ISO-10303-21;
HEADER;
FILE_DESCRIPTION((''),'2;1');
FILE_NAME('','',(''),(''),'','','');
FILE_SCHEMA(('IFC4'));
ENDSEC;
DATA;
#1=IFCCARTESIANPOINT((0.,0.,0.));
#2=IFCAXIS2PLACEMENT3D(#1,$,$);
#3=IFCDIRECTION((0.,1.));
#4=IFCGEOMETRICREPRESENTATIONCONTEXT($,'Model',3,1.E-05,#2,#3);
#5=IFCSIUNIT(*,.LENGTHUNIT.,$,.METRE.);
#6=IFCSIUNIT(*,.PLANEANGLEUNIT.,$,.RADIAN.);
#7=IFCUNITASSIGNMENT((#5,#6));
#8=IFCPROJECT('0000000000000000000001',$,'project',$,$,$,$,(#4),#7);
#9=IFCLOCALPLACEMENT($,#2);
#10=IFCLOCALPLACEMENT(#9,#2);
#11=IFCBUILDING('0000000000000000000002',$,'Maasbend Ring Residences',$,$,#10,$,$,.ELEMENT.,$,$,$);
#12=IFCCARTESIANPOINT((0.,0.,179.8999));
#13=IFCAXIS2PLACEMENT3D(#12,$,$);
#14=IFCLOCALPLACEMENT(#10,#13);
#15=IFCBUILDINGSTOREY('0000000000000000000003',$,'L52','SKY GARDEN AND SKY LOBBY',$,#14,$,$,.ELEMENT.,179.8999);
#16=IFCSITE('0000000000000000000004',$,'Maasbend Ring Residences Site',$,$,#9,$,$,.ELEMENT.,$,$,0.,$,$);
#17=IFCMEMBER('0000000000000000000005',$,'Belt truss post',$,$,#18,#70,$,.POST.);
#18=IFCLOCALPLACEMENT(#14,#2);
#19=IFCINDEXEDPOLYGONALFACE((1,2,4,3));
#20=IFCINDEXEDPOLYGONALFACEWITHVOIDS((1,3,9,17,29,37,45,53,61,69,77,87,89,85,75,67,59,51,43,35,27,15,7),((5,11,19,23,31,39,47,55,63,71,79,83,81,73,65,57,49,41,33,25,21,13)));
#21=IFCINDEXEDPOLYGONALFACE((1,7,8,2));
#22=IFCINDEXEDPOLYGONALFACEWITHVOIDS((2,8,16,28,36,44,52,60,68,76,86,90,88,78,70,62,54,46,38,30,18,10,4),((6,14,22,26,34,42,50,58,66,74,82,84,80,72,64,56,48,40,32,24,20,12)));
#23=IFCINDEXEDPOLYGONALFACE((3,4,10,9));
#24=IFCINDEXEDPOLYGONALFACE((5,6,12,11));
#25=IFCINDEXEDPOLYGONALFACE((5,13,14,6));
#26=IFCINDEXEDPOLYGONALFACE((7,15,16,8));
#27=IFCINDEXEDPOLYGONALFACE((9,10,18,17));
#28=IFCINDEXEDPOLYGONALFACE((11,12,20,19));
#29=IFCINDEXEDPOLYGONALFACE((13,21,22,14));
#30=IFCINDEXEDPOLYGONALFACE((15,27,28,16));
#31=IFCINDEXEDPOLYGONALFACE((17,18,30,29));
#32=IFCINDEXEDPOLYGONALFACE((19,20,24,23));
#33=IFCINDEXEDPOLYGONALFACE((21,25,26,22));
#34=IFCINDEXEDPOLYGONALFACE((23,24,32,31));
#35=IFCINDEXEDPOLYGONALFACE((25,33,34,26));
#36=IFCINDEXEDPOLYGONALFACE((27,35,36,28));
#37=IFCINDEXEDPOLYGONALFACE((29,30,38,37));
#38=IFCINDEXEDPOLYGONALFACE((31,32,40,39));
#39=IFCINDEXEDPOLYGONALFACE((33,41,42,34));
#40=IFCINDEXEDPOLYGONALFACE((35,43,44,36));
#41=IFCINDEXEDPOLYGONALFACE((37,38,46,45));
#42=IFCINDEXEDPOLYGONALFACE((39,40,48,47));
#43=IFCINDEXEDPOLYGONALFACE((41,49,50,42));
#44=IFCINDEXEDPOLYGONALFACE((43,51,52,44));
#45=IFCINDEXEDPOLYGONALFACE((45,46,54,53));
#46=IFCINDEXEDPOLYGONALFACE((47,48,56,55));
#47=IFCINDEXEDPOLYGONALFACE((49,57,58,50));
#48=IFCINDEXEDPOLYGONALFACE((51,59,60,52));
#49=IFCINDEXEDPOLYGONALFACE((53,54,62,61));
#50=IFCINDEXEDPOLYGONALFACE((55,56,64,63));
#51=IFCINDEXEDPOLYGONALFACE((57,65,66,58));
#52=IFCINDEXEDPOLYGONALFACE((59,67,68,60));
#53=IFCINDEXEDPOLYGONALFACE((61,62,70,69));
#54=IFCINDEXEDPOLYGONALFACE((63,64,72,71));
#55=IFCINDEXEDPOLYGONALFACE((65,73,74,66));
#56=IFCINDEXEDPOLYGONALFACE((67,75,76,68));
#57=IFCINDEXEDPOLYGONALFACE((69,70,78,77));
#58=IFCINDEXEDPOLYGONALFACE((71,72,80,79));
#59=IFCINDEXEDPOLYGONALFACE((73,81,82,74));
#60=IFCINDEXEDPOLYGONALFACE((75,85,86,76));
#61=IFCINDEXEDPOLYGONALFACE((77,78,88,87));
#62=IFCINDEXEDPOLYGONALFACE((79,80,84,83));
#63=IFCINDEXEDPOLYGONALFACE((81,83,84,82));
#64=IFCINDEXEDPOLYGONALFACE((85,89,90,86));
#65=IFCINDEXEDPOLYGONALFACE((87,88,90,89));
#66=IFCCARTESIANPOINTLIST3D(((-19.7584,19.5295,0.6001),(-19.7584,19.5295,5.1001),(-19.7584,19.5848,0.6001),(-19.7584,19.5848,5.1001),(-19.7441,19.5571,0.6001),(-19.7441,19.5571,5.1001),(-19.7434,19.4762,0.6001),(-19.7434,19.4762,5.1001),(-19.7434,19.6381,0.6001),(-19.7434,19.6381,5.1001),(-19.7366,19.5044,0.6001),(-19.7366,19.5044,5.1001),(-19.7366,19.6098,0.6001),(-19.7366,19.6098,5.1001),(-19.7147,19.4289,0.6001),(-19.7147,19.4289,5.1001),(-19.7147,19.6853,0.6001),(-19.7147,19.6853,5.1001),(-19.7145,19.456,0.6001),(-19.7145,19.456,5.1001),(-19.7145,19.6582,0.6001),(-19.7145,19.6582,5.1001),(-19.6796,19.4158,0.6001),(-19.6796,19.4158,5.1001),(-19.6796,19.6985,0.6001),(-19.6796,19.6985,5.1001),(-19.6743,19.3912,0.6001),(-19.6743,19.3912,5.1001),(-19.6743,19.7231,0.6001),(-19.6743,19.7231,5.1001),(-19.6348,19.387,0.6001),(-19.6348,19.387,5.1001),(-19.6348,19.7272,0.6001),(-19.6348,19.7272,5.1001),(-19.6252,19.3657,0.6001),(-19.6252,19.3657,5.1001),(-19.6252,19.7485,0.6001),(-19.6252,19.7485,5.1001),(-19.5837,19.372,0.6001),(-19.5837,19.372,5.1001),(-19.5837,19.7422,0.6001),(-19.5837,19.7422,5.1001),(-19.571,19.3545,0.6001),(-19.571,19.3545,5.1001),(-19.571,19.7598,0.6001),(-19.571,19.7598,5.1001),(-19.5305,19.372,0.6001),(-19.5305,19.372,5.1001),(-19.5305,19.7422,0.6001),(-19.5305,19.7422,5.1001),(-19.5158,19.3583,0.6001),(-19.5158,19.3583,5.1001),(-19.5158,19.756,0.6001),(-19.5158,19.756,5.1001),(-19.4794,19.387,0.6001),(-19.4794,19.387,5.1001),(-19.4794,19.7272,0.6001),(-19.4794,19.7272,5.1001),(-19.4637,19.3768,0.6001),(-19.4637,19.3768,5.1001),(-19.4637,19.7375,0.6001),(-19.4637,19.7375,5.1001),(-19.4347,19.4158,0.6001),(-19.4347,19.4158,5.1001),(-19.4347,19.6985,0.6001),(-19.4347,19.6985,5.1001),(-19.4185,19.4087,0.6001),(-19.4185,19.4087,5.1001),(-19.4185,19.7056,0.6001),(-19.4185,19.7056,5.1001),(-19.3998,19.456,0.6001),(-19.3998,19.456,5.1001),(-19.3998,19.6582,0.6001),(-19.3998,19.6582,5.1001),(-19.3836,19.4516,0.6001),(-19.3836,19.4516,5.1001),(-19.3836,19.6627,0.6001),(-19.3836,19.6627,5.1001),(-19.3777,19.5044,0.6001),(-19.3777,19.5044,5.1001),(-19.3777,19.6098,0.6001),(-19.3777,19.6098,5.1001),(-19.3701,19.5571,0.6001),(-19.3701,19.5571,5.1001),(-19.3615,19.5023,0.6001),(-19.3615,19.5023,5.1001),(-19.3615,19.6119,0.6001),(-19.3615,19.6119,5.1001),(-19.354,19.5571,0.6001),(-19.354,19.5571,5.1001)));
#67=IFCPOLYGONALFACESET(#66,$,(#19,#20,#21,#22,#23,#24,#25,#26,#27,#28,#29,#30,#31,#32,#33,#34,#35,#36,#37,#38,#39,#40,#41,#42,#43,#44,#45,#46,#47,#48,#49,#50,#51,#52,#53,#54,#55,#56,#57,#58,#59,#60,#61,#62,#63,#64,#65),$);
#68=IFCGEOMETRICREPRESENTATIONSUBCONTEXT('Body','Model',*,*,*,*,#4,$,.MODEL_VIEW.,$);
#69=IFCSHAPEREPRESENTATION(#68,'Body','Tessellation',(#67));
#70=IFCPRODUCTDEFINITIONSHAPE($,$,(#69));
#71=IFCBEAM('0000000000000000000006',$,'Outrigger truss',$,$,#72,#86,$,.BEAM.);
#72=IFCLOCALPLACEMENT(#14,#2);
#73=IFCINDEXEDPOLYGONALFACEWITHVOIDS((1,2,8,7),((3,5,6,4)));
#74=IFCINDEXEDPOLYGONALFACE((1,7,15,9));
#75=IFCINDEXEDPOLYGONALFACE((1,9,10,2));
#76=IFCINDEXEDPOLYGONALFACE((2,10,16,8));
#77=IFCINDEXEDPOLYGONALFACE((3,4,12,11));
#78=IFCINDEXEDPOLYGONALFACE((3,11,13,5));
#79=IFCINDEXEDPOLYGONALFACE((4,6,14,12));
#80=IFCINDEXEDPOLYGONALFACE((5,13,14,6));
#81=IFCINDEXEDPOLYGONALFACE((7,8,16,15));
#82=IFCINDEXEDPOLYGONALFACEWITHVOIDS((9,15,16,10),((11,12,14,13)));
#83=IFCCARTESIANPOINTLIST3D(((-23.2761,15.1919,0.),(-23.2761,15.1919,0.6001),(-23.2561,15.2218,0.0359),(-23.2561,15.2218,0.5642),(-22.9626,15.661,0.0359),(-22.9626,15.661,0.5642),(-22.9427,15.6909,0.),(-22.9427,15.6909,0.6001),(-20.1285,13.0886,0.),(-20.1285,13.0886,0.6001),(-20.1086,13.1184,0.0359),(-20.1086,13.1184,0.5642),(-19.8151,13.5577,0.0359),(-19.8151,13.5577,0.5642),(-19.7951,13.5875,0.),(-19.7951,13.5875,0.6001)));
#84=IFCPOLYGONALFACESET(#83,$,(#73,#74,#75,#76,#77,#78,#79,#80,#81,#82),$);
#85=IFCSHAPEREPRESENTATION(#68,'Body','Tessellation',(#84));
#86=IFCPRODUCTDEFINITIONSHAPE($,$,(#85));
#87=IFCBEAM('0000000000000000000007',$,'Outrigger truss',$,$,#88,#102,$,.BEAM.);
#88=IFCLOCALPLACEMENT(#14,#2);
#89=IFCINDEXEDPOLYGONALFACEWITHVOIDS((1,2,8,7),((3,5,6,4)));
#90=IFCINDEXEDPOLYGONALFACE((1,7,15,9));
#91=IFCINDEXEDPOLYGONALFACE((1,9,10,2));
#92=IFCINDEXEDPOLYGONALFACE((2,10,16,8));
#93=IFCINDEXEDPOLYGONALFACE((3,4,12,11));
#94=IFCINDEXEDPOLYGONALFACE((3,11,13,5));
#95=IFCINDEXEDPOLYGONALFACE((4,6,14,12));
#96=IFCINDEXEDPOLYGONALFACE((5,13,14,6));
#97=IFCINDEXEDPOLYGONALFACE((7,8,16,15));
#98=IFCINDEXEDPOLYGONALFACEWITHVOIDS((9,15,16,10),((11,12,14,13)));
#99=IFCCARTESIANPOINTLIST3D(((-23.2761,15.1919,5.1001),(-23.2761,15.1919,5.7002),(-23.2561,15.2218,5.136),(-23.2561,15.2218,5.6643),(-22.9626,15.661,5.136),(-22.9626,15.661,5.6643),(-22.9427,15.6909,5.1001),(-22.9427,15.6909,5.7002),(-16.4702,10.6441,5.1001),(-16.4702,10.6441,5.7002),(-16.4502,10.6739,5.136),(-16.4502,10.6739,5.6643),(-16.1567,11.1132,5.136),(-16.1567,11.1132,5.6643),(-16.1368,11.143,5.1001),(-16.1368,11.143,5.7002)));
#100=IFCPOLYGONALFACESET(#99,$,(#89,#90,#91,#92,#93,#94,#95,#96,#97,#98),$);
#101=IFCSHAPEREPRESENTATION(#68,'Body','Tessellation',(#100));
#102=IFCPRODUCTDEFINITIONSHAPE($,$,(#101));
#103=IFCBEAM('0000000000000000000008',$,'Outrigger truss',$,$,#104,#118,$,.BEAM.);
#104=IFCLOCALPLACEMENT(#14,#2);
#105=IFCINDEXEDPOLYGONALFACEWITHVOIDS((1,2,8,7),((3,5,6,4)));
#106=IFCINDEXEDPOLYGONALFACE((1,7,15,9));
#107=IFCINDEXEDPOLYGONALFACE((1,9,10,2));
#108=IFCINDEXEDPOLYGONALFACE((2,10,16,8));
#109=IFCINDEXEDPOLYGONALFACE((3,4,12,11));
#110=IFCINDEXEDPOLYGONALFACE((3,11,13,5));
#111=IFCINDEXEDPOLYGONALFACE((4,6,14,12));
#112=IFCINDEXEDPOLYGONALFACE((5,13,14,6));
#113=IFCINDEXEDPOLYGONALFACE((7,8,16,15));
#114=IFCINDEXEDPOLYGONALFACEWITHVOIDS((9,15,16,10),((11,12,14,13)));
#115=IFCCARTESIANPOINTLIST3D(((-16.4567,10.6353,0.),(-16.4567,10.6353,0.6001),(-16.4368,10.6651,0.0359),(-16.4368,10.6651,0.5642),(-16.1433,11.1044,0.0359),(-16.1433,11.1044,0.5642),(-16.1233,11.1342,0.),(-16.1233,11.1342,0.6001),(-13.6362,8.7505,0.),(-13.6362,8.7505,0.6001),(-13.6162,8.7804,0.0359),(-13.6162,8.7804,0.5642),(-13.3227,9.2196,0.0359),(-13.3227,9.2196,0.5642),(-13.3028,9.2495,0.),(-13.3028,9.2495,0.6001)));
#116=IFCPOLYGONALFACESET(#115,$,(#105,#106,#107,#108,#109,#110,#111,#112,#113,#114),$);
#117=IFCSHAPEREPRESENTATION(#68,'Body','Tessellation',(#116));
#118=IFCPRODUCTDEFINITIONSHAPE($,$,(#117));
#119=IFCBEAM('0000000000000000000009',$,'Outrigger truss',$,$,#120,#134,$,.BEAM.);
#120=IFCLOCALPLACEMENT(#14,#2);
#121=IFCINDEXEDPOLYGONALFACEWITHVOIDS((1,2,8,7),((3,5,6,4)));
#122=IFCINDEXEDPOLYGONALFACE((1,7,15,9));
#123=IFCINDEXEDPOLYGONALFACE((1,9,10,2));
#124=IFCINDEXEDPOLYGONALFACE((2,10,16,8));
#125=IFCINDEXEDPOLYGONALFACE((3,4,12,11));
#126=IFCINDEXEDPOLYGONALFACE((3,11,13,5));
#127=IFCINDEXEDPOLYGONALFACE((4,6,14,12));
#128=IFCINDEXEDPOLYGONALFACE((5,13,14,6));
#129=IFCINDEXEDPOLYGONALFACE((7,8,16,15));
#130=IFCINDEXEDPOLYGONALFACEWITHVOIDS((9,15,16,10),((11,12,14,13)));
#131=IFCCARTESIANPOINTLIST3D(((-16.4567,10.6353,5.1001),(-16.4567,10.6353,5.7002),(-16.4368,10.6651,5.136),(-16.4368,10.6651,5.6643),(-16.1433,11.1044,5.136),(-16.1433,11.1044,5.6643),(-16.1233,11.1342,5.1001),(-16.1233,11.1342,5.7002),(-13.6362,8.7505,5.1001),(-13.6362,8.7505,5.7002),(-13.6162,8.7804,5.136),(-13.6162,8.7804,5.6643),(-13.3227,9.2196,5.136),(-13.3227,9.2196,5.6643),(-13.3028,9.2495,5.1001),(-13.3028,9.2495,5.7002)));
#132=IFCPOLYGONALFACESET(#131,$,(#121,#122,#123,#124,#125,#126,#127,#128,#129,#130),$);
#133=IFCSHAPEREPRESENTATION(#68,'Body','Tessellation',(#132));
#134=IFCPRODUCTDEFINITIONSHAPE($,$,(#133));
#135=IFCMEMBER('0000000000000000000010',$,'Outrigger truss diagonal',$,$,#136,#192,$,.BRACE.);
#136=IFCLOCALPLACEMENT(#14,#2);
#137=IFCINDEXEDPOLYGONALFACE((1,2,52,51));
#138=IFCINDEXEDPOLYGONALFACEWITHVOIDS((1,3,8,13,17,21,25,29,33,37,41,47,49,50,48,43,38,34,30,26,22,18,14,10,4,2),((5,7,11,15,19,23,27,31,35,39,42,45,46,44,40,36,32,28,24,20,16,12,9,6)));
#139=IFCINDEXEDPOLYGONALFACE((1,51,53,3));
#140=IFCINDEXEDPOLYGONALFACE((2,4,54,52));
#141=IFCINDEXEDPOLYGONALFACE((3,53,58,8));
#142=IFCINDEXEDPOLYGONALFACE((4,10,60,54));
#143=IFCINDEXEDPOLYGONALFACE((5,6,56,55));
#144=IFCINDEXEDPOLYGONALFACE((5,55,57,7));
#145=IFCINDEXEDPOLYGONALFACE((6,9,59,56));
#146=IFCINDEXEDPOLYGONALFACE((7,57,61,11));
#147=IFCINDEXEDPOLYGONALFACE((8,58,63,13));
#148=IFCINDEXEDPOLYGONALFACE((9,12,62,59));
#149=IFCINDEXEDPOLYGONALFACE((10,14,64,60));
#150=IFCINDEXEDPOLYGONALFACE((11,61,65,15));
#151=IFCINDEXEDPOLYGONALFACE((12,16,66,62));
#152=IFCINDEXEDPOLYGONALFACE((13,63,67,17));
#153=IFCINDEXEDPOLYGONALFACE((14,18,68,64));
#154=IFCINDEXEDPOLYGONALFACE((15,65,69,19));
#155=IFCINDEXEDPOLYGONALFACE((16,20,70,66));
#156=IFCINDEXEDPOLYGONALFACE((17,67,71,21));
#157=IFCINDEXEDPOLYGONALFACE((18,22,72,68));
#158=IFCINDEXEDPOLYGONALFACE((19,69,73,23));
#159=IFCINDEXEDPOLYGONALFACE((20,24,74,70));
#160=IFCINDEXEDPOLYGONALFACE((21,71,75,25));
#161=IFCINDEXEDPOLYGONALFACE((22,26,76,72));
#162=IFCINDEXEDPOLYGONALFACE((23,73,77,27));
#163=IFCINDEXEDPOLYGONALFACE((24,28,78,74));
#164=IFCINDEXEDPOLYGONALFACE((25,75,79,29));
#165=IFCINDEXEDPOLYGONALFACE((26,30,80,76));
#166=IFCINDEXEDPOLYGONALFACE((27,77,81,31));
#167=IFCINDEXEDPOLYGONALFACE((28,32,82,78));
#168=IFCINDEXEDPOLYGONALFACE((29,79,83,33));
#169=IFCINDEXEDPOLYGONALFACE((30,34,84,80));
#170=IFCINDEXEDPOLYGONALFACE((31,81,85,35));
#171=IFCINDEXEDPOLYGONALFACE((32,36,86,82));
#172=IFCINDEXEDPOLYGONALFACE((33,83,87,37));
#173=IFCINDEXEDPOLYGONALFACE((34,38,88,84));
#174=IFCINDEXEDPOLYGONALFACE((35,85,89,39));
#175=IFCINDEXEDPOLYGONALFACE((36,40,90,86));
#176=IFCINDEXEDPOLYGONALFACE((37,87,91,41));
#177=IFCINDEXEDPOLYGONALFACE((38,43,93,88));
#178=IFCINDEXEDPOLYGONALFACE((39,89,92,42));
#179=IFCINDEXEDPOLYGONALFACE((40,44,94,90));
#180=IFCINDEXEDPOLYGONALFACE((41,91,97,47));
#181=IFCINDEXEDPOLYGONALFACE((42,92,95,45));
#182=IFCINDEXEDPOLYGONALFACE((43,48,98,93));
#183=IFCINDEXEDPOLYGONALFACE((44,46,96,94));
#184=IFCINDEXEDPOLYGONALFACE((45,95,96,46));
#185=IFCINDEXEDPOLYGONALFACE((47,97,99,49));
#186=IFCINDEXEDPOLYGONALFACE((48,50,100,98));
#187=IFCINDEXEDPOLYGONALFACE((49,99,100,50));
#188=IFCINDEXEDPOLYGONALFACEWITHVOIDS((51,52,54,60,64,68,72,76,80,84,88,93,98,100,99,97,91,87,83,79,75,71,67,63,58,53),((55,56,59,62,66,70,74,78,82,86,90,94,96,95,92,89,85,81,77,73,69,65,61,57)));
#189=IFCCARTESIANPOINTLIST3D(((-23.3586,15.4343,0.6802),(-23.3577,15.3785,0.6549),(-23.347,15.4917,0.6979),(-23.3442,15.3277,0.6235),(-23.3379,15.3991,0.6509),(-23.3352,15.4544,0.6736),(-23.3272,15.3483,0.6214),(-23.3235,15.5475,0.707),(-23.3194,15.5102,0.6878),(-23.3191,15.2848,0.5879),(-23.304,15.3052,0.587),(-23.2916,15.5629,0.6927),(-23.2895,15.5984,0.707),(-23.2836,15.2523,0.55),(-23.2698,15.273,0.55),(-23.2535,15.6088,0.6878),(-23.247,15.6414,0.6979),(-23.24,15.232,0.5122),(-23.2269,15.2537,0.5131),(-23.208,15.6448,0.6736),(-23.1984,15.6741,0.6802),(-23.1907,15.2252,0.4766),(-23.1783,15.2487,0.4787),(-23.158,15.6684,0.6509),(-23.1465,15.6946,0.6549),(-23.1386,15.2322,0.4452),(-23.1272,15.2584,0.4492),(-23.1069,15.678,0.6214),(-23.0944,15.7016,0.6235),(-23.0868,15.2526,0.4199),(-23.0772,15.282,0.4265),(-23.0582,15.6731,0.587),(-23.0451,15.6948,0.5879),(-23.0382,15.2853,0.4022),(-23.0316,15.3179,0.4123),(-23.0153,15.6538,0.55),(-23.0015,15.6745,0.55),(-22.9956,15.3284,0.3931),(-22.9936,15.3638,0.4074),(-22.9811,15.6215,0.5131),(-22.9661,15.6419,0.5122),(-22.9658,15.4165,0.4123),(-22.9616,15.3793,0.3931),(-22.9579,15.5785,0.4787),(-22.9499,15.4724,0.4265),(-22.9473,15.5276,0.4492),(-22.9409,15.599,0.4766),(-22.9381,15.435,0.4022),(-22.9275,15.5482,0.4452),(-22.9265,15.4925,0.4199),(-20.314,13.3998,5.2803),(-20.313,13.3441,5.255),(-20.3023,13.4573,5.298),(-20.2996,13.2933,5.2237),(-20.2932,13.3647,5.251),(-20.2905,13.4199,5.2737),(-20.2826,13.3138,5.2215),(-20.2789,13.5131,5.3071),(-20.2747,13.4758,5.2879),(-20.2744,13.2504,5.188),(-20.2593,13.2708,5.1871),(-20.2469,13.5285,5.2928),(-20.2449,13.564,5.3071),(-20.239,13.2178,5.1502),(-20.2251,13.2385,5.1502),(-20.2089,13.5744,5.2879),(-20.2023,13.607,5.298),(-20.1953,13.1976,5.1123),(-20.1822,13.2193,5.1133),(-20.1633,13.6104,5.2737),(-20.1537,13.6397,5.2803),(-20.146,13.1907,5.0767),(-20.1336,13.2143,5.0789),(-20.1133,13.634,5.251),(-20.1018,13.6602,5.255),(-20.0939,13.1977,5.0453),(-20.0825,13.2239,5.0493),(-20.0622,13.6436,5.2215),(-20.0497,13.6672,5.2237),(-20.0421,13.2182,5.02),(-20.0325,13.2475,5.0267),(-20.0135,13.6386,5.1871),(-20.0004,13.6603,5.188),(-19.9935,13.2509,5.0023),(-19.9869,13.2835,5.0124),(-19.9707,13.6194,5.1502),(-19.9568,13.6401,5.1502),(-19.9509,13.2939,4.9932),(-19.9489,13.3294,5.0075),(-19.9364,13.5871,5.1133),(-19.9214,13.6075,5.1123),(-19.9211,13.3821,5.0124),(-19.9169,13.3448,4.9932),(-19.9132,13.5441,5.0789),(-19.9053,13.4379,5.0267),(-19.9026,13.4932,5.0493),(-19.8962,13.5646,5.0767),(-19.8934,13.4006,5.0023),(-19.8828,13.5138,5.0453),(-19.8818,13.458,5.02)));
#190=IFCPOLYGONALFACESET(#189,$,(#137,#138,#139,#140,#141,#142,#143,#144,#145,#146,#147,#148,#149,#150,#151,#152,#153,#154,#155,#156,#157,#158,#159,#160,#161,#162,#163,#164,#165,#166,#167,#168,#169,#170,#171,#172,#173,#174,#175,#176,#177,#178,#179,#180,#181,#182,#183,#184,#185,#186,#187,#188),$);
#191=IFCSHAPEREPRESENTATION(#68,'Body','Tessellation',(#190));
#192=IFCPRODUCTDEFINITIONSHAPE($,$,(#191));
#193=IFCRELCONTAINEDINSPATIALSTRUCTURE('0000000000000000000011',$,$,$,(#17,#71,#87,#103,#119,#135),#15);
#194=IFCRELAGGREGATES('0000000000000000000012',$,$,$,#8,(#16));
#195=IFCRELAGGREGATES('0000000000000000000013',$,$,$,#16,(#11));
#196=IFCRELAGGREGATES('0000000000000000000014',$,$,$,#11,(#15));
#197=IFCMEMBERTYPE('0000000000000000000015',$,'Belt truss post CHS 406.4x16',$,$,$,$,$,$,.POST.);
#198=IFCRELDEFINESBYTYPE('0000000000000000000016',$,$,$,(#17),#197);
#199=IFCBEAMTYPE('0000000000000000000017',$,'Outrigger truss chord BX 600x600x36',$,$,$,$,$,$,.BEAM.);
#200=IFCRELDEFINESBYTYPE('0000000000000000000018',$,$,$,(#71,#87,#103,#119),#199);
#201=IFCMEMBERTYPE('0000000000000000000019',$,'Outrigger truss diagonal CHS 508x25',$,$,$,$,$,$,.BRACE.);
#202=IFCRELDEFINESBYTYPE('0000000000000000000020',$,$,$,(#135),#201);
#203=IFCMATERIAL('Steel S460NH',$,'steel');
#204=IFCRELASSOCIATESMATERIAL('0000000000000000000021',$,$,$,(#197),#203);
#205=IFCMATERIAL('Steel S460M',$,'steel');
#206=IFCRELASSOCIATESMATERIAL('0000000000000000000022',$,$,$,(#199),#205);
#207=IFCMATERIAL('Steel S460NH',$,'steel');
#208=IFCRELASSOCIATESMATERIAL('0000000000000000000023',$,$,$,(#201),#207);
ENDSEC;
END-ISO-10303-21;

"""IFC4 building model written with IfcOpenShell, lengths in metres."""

from ifc_helpers import new_model, si_unit, direction, frame, origin, origin_2d, place, context, subcontext, project, spatial, hollow_rectangle, hollow_circle, extrude, material, material_profile, profile_set, type_object, element, save


model = new_model("IFC4")

# Units and contexts
model_context = context("Model", 3, precision=1e-05, world=origin(), true_north=direction((0.0, 1.0)))
body_context = subcontext(model_context, "Body", "Model", "MODEL_VIEW")
ifc_project = project(units=[si_unit("LENGTHUNIT", "METRE"), si_unit("PLANEANGLEUNIT", "RADIAN")], contexts=[model_context])

# Site, building, storey
site_placement = place(None, origin())
site = spatial("IfcSite", under=ifc_project, at=site_placement, Name="Maasbend Ring Residences Site", CompositionType="ELEMENT", RefElevation=0.0)
building_placement = place(site_placement, origin())
building = spatial("IfcBuilding", under=site, at=building_placement, Name="Maasbend Ring Residences", CompositionType="ELEMENT")
storey_placement = place(building_placement, frame((0.0, 0.0, 179.8999)))
storey = spatial("IfcBuildingStorey", under=building, at=storey_placement, Name="L52", Description="SKY GARDEN AND SKY LOBBY", CompositionType="ELEMENT", Elevation=179.8999)

# Member
ifc_material_1 = material(Name="Steel S460NH", Category="steel")
ifc_material_profile_1 = material_profile(ifc_material_1, hollow_circle(Radius=0.2031, WallThickness=0.0161, at=origin_2d()), Name="Belt truss post CHS 406.4x16")
ifc_profile_set_1 = profile_set([ifc_material_profile_1], Name="Steel S460NH")
member_type_1 = type_object("IfcMemberType", Name="Belt truss post CHS 406.4x16", PredefinedType="POST", material=ifc_profile_set_1)
member_1_placement = place(storey_placement, frame((-19.5571, 19.5571, 0.6001), z_axis=(0.0, 0.0, 1.0), x_axis=(1.0, 0.0, 0.0)))
element("IfcMember", 1, at=member_1_placement, inside=storey, type_object=member_type_1, Name="Belt truss post", PredefinedType="POST", context=body_context, shape_type="SweptSolid", body=[
    extrude(hollow_circle(Radius=0.2031, WallThickness=0.0161, at=origin_2d()), origin(), (0.0, 0.0, 1.0), 4.5),
])

# Beams
ifc_material_2 = material(Name="Steel S460M", Category="steel")
ifc_material_profile_2 = material_profile(ifc_material_2, hollow_rectangle(XDim=0.6001, YDim=0.6001, WallThickness=0.0359, at=origin_2d()), Name="Outrigger truss chord BX 600x600x36")
ifc_profile_set_2 = profile_set([ifc_material_profile_2], Name="Steel S460M")
beam_type_1 = type_object("IfcBeamType", Name="Outrigger truss chord BX 600x600x36", PredefinedType="BEAM", material=ifc_profile_set_2)
beam_1_placement = place(storey_placement, frame((-23.1094, 15.4414, 0.3), z_axis=(0.831445, -0.555608, 0.0), x_axis=(0.555608, 0.831445, 0.0)))
element("IfcBeam", 2, at=beam_1_placement, inside=storey, type_object=beam_type_1, Name="Outrigger truss", PredefinedType="BEAM", context=body_context, shape_type="SweptSolid", body=[
    extrude(hollow_rectangle(XDim=0.6001, YDim=0.6001, WallThickness=0.0359, at=origin_2d()), origin(), (0.0, 0.0, 1.0), 3.7856),
])
beam_2_placement = place(storey_placement, frame((-23.1094, 15.4414, 5.4001), z_axis=(0.831453, -0.555595, 0.0), x_axis=(0.555595, 0.831453, 0.0)))
element("IfcBeam", 3, at=beam_2_placement, inside=storey, type_object=beam_type_1, Name="Outrigger truss", PredefinedType="BEAM", context=body_context, shape_type="SweptSolid", body=[
    extrude(hollow_rectangle(XDim=0.6001, YDim=0.6001, WallThickness=0.0359, at=origin_2d()), origin(), (0.0, 0.0, 1.0), 8.1855),
])
for number, where, z_axis, x_axis, name in (
    (4, (-16.29, 10.8848, 0.3), (0.831452, -0.555597, 0.0), (0.555597, 0.831452, 0.0), "Outrigger truss"),
    (5, (-16.29, 10.8848, 5.4001), (0.831452, -0.555597, 0.0), (0.555597, 0.831452, 0.0), "Outrigger truss"),
):
    element("IfcBeam", number, at=place(storey_placement, frame(where, z_axis=z_axis, x_axis=x_axis)), inside=storey, type_object=beam_type_1, Name=name, PredefinedType="BEAM", context=body_context, shape_type="SweptSolid", body=[
        extrude(hollow_rectangle(XDim=0.6001, YDim=0.6001, WallThickness=0.0359, at=origin_2d()), origin(), (0.0, 0.0, 1.0), 3.3923),
    ])

# Member
ifc_material_3 = material(Name="Steel S460NH", Category="steel")
ifc_material_profile_3 = material_profile(ifc_material_3, hollow_circle(Radius=0.2539, WallThickness=0.0249, at=origin_2d()), Name="Outrigger truss diagonal CHS 508x25")
ifc_profile_set_3 = profile_set([ifc_material_profile_3], Name="Steel S460NH")
member_type_2 = type_object("IfcMemberType", Name="Outrigger truss diagonal CHS 508x25", PredefinedType="BRACE", material=ifc_profile_set_3)
member_2_placement = place(storey_placement, frame((-23.1426, 15.4634, 0.55), z_axis=(0.517836, -0.346013, 0.782381), x_axis=(0.555577, 0.831465, 0.0)))
element("IfcMember", 6, at=member_2_placement, inside=storey, type_object=member_type_2, Name="Outrigger truss diagonal", PredefinedType="BRACE", context=body_context, shape_type="SweptSolid", body=[
    extrude(hollow_circle(Radius=0.2539, WallThickness=0.0249, at=origin_2d()), origin(), (0.0, 0.0, 1.0), 5.8796),
])

save(model, "model.ifc")
